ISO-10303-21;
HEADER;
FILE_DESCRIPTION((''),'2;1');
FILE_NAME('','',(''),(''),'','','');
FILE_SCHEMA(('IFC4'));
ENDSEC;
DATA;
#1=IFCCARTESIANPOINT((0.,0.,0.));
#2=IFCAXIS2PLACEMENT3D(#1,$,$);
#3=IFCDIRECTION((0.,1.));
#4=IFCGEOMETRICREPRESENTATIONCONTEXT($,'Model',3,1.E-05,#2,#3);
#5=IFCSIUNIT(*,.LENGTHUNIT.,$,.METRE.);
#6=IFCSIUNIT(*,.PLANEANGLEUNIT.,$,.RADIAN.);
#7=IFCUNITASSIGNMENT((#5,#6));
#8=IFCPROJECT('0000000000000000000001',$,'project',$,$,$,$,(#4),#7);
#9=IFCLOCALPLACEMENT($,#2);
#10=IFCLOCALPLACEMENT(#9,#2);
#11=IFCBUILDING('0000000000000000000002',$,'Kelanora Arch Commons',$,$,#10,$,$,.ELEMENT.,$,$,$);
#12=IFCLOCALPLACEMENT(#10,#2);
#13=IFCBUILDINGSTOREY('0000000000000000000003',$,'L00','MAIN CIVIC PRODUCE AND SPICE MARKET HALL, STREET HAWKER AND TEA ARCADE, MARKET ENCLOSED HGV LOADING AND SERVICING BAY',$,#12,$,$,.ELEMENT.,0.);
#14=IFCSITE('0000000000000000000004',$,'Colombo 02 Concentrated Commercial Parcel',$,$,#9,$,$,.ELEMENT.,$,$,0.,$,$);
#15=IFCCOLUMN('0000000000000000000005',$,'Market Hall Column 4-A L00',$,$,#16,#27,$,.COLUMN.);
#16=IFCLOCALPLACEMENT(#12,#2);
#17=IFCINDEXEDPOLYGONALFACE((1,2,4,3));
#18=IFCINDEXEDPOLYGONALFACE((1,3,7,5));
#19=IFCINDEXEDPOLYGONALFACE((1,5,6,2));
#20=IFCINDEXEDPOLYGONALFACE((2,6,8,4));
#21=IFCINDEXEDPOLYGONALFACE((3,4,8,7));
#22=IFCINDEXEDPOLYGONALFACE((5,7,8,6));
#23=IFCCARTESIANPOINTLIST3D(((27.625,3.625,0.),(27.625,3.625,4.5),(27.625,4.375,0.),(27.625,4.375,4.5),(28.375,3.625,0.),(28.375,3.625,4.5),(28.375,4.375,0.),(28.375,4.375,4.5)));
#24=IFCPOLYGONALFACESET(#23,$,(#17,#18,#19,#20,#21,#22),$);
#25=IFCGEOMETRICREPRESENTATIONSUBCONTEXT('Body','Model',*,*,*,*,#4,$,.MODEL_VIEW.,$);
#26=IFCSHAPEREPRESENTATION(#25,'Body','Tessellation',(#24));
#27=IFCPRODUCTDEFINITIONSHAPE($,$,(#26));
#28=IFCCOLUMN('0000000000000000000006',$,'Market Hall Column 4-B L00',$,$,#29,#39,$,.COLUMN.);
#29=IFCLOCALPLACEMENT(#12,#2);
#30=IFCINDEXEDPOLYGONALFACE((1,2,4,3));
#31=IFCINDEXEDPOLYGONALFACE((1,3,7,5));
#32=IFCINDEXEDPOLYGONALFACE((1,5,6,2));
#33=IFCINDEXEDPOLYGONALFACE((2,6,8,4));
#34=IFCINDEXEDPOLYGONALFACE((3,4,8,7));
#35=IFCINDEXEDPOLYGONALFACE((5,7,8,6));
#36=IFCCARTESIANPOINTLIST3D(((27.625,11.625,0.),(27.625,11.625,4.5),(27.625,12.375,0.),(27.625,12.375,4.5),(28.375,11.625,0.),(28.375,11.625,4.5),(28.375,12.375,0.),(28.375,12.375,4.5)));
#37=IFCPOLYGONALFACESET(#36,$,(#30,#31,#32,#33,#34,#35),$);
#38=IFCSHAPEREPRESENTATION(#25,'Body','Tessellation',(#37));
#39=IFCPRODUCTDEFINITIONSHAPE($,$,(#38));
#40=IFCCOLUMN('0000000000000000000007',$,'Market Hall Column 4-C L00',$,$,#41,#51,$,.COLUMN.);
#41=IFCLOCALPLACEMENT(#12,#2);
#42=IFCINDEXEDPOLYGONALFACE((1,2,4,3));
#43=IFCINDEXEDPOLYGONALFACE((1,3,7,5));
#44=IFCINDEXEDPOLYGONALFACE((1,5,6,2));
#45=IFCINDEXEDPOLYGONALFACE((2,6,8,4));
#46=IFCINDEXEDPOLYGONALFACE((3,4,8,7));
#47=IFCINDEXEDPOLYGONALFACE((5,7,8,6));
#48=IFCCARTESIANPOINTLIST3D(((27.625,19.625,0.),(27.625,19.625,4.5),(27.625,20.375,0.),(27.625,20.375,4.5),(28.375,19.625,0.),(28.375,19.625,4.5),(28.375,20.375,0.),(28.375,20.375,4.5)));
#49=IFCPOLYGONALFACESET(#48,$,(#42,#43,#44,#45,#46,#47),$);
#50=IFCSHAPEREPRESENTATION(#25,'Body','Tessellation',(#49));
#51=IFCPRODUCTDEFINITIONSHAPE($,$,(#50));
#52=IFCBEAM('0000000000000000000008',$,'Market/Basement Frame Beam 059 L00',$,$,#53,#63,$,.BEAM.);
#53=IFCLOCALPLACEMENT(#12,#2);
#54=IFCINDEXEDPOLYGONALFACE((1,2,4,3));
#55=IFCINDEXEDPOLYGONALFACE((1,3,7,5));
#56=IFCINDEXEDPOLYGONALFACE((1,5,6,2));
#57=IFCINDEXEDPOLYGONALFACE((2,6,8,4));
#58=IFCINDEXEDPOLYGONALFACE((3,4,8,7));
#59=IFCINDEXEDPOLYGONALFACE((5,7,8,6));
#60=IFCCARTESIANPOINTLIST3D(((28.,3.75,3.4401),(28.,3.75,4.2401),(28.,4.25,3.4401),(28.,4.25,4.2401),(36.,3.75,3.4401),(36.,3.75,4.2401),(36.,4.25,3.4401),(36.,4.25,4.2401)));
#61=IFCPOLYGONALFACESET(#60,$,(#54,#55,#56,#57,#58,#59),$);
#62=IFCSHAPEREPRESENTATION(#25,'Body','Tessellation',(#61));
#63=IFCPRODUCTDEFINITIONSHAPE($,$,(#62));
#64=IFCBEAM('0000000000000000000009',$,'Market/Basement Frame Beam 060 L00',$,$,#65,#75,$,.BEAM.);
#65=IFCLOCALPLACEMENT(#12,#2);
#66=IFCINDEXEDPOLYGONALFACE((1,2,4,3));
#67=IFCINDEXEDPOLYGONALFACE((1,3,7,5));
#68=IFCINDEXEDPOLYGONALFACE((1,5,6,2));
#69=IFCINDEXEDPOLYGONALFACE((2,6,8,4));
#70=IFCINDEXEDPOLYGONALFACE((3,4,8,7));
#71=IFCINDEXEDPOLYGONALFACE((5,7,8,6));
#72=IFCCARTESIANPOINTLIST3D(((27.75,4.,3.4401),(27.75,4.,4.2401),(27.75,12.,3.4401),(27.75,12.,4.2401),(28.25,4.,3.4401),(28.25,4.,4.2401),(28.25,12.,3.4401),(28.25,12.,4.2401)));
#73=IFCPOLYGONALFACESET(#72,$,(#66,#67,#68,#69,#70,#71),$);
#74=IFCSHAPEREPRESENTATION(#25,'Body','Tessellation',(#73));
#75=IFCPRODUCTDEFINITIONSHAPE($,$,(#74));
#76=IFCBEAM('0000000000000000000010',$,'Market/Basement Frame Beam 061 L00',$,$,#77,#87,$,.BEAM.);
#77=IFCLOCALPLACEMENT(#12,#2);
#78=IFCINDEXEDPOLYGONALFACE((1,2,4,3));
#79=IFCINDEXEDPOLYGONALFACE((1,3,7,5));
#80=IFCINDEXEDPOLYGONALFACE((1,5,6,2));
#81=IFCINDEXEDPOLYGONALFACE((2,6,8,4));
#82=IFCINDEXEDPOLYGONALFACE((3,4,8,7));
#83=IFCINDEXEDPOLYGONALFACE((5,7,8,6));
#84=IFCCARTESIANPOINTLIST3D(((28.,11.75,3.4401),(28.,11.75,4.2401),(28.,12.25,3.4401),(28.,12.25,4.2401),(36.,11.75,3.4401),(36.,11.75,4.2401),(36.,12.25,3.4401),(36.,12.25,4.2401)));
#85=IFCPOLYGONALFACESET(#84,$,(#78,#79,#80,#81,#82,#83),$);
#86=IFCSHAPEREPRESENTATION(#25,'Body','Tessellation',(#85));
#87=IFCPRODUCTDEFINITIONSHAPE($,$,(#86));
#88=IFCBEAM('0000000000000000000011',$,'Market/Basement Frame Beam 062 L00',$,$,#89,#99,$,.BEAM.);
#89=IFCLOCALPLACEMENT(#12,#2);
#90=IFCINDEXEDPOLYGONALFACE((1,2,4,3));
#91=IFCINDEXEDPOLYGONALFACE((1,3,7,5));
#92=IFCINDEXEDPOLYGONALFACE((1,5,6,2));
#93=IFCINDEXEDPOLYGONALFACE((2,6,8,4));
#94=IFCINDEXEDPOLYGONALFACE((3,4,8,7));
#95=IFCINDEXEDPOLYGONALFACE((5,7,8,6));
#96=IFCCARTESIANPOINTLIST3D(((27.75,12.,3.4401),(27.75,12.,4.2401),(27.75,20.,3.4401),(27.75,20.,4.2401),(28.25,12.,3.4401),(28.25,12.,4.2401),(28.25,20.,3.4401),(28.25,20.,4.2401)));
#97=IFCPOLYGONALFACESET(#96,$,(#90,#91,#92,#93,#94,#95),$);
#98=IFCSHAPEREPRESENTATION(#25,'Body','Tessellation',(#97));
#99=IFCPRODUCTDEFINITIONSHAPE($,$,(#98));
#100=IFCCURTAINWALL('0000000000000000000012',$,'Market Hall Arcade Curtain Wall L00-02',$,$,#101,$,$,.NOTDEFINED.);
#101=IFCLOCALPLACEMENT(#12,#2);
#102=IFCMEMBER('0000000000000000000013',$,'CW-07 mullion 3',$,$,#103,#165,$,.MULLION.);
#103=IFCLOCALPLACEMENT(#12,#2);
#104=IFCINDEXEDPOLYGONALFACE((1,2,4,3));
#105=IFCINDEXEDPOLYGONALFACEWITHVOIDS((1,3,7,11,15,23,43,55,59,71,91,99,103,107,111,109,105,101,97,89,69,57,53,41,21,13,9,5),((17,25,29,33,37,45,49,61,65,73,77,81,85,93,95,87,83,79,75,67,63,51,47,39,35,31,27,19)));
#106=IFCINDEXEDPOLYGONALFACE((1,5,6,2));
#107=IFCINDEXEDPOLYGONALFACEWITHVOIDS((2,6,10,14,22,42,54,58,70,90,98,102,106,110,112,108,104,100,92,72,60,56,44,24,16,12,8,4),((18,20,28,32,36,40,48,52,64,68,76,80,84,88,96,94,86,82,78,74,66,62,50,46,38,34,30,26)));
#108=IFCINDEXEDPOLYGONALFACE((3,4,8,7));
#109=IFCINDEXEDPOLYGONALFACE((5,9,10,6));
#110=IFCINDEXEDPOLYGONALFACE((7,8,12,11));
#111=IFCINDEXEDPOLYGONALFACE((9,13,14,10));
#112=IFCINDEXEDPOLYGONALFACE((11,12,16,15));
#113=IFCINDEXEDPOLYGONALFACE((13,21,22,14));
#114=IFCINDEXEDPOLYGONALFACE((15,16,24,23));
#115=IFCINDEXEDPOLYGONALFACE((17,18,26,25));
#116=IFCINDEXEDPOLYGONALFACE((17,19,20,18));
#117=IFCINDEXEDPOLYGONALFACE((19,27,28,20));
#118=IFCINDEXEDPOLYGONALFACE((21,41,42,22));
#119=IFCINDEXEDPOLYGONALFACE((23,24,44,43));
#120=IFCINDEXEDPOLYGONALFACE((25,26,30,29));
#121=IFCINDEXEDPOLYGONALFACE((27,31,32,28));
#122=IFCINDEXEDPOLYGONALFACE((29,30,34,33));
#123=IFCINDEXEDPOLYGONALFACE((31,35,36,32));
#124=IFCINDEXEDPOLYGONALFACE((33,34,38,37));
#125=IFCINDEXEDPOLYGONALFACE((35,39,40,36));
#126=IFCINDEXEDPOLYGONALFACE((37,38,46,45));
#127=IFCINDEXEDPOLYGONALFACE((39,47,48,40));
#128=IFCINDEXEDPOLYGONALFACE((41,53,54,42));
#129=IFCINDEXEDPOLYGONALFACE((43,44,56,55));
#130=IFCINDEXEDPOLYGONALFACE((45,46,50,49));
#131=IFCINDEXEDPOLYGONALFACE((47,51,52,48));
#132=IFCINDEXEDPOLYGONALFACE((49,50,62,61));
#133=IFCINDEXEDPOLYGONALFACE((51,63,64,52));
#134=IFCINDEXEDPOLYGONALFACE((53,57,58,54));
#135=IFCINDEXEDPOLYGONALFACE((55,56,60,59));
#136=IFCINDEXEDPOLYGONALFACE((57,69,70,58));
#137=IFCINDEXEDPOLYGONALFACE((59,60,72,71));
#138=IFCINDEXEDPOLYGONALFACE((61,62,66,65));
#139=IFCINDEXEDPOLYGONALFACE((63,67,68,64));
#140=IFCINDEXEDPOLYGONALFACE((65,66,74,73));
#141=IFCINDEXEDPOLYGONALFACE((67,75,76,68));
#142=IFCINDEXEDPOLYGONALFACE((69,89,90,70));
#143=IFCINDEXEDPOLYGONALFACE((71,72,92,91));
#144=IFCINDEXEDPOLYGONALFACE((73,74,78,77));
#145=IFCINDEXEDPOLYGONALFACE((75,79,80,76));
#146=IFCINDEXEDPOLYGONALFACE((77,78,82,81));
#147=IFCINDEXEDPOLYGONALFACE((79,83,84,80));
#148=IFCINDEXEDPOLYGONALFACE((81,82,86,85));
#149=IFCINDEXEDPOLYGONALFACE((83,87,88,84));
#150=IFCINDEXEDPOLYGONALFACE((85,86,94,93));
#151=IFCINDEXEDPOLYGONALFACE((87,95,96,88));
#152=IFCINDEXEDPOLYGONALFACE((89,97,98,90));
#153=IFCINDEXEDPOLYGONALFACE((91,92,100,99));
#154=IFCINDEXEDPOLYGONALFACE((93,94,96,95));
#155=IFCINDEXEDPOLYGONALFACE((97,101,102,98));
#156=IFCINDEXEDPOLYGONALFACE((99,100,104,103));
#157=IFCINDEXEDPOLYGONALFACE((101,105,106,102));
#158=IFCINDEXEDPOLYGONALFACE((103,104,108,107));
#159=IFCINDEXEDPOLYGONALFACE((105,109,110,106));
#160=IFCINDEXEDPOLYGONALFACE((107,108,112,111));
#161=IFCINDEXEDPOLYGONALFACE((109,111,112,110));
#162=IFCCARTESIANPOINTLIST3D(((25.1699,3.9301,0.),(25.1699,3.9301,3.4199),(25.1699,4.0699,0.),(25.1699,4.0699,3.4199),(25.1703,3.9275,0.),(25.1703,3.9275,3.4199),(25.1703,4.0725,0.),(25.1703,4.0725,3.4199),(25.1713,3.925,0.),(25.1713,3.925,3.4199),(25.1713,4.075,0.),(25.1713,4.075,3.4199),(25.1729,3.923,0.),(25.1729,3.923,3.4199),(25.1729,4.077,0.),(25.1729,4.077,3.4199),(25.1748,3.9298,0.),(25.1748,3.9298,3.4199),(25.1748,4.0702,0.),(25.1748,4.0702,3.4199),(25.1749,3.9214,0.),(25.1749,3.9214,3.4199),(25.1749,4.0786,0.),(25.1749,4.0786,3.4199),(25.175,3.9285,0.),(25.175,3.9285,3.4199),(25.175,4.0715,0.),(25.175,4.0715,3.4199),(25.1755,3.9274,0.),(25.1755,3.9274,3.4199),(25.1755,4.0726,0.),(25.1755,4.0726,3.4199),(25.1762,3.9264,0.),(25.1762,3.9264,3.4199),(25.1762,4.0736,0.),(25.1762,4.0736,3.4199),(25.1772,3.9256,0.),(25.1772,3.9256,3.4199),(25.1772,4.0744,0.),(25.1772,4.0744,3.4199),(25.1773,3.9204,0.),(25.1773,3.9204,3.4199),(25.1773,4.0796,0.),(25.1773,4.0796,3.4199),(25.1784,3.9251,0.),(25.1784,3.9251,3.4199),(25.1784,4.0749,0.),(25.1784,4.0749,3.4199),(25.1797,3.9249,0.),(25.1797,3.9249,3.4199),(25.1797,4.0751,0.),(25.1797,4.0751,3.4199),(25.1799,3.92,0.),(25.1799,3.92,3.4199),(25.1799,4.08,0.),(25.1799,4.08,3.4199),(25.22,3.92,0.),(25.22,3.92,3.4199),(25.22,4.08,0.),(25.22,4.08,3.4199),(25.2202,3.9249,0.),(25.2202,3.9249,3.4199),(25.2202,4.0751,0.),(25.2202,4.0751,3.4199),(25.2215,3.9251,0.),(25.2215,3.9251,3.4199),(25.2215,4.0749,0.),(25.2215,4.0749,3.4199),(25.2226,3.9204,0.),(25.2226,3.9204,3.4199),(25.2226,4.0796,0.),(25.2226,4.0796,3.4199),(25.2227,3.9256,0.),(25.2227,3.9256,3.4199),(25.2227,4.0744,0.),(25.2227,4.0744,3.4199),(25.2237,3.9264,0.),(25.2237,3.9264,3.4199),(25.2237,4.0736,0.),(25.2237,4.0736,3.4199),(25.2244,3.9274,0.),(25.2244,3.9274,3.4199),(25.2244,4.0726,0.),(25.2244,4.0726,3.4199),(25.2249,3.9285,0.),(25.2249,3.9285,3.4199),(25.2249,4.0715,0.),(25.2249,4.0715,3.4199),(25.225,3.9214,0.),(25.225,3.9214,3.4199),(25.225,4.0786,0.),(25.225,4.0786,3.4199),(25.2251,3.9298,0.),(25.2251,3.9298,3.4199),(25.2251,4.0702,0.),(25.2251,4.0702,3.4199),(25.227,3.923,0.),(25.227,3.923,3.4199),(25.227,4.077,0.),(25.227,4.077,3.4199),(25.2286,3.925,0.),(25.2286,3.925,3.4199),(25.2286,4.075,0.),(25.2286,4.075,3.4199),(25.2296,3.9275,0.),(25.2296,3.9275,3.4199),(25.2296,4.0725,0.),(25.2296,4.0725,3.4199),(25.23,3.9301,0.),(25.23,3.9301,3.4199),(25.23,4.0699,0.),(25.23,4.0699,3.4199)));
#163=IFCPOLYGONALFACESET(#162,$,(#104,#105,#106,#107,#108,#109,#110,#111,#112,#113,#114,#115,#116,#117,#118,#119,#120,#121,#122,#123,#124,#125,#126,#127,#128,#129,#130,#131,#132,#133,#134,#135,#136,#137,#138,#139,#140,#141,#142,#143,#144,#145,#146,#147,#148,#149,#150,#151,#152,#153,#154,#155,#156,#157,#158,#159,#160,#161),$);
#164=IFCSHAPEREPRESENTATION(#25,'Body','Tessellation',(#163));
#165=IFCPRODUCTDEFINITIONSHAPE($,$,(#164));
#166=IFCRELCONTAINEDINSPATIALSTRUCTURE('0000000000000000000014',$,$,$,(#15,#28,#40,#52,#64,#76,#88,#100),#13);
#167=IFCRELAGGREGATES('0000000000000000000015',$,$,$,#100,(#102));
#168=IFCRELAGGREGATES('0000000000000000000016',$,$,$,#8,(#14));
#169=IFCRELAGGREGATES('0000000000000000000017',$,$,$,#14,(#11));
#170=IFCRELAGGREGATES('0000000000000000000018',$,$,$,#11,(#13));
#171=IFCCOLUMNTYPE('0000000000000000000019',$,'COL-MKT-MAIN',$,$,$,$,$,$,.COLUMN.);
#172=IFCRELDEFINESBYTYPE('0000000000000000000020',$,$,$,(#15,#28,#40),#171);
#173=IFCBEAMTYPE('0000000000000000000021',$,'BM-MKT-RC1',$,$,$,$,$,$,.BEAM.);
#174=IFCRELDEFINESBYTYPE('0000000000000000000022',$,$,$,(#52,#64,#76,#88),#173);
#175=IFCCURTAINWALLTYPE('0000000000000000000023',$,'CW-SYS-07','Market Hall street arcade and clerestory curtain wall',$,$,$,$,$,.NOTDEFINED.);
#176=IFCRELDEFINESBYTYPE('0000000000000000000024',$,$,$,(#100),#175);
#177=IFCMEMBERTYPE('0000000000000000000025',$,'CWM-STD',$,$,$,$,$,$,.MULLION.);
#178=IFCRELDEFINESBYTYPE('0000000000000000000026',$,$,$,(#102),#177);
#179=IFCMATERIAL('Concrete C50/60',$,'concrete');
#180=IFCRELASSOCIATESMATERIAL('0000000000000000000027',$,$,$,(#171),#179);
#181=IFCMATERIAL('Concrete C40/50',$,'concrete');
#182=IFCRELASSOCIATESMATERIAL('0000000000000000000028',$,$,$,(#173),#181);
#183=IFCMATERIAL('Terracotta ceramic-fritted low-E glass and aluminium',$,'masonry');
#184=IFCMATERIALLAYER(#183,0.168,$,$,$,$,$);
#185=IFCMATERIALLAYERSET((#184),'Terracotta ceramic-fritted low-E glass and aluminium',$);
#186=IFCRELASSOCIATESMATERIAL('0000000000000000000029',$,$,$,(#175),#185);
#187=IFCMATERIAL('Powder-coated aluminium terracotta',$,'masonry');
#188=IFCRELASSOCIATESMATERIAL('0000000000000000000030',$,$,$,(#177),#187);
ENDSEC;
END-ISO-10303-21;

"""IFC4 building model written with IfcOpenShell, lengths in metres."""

from ifc_helpers import new_model, si_unit, direction, frame, origin, origin_2d, place, context, subcontext, project, spatial, rectangle, hollow_rectangle, extrude, material, layer, layer_set, material_profile, profile_set, type_object, element, aggregate, save


model = new_model("IFC4")

# Units and contexts
model_context = context("Model", 3, precision=1e-05, world=origin(), true_north=direction((0.0, 1.0)))
body_context = subcontext(model_context, "Body", "Model", "MODEL_VIEW")
ifc_project = project(units=[si_unit("LENGTHUNIT", "METRE"), si_unit("PLANEANGLEUNIT", "RADIAN")], contexts=[model_context])

# Site, building, storey
site_placement = place(None, origin())
site = spatial("IfcSite", under=ifc_project, at=site_placement, Name="Colombo 02 Concentrated Commercial Parcel", CompositionType="ELEMENT", RefElevation=0.0)
building_placement = place(site_placement, origin())
building = spatial("IfcBuilding", under=site, at=building_placement, Name="Kelanora Arch Commons", CompositionType="ELEMENT")
storey_placement = place(building_placement, origin())
storey = spatial("IfcBuildingStorey", under=building, at=storey_placement, Name="L00", Description="MAIN CIVIC PRODUCE AND SPICE MARKET HALL, STREET HAWKER AND TEA ARCADE, MARKET ENCLOSED HGV LOADING AND SERVICING BAY", CompositionType="ELEMENT", Elevation=0.0)

# Columns
ifc_material_1 = material(Name="Concrete C50/60", Category="concrete")
ifc_material_profile_1 = material_profile(ifc_material_1, rectangle(XDim=0.75, YDim=0.75, at=origin_2d()), Name="RC750x750")
ifc_profile_set_1 = profile_set([ifc_material_profile_1], Name="Concrete C50/60")
column_type = type_object("IfcColumnType", Name="COL-MKT-MAIN", PredefinedType="COLUMN", material=ifc_profile_set_1)
for number, where, z_axis, x_axis, name in (
    (1, (28.0, 4.0, 0.0), (0.0, 0.0, 1.0), (1.0, 0.0, 0.0), "Market Hall Column 4-A L00"),
    (2, (28.0, 12.0, 0.0), (0.0, 0.0, 1.0), (1.0, 0.0, 0.0), "Market Hall Column 4-B L00"),
    (3, (28.0, 20.0, 0.0), (0.0, 0.0, 1.0), (1.0, 0.0, 0.0), "Market Hall Column 4-C L00"),
):
    element("IfcColumn", number, at=place(storey_placement, frame(where, z_axis=z_axis, x_axis=x_axis)), inside=storey, type_object=column_type, Name=name, PredefinedType="COLUMN", context=body_context, shape_type="SweptSolid", body=[
        extrude(rectangle(XDim=0.75, YDim=0.75, at=origin_2d()), origin(), (0.0, 0.0, 1.0), 4.5),
    ])

# Beams
ifc_material_2 = material(Name="Concrete C40/50", Category="concrete")
ifc_material_profile_2 = material_profile(ifc_material_2, rectangle(XDim=0.5, YDim=0.8, at=origin_2d()), Name="RCB500x800")
ifc_profile_set_2 = profile_set([ifc_material_profile_2], Name="Concrete C40/50")
beam_type = type_object("IfcBeamType", Name="BM-MKT-RC1", PredefinedType="BEAM", material=ifc_profile_set_2)
for number, where, z_axis, x_axis, name in (
    (4, (28.0, 4.0, 3.8401), (1.0, 0.0, 0.0), (0.0, 1.0, 0.0), "Market/Basement Frame Beam 059 L00"),
    (5, (28.0, 4.0, 3.8401), (0.0, 1.0, 0.0), (-1.0, 0.0, 0.0), "Market/Basement Frame Beam 060 L00"),
    (6, (28.0, 12.0, 3.8401), (1.0, 0.0, 0.0), (0.0, 1.0, 0.0), "Market/Basement Frame Beam 061 L00"),
    (7, (28.0, 12.0, 3.8401), (0.0, 1.0, 0.0), (-1.0, 0.0, 0.0), "Market/Basement Frame Beam 062 L00"),
):
    element("IfcBeam", number, at=place(storey_placement, frame(where, z_axis=z_axis, x_axis=x_axis)), inside=storey, type_object=beam_type, Name=name, PredefinedType="BEAM", context=body_context, shape_type="SweptSolid", body=[
        extrude(rectangle(XDim=0.5, YDim=0.8, at=origin_2d()), origin(), (0.0, 0.0, 1.0), 8.0),
    ])

# Curtain wall, member
ifc_material_3 = material(Name="Terracotta ceramic-fritted low-E glass and aluminium", Category="masonry")
ifc_layer_1 = layer(ifc_material_3, 0.168)
ifc_layer_set_1 = layer_set([ifc_layer_1], Name="Terracotta ceramic-fritted low-E glass and aluminium")
curtain_wall_type = type_object("IfcCurtainWallType", Name="CW-SYS-07", Description="Market Hall street arcade and clerestory curtain wall", PredefinedType="NOTDEFINED", material=ifc_layer_set_1)
curtain_wall_placement = place(storey_placement, origin())
curtain_wall = element("IfcCurtainWall", 8, at=curtain_wall_placement, inside=storey, type_object=curtain_wall_type, Name="Market Hall Arcade Curtain Wall L00-02", PredefinedType="NOTDEFINED")
ifc_material_4 = material(Name="Powder-coated aluminium terracotta", Category="masonry")
ifc_material_profile_3 = material_profile(ifc_material_4, hollow_rectangle(XDim=0.1599, YDim=0.0601, WallThickness=0.0049, InnerFilletRadius=0.0049, OuterFilletRadius=0.01, at=origin_2d()), Name="CWM160x60")
ifc_profile_set_3 = profile_set([ifc_material_profile_3], Name="Powder-coated aluminium terracotta")
member_type_1 = type_object("IfcMemberType", Name="CWM-STD", PredefinedType="MULLION", material=ifc_profile_set_3)
member_1_placement = place(storey_placement, frame((25.2, 4.0, 0.0), z_axis=(0.0, 0.0, 1.0), x_axis=(0.0, 1.0, 0.0)))
member_1 = element("IfcMember", 9, at=member_1_placement, type_object=member_type_1, Name="CW-07 mullion 3", PredefinedType="MULLION", context=body_context, shape_type="SweptSolid", body=[
    extrude(hollow_rectangle(XDim=0.1599, YDim=0.0601, WallThickness=0.0049, InnerFilletRadius=0.0049, OuterFilletRadius=0.01, at=origin_2d()), origin(), (0.0, 0.0, 1.0), 3.4199),
])
aggregate(curtain_wall, [member_1])

save(model, "model.ifc")
